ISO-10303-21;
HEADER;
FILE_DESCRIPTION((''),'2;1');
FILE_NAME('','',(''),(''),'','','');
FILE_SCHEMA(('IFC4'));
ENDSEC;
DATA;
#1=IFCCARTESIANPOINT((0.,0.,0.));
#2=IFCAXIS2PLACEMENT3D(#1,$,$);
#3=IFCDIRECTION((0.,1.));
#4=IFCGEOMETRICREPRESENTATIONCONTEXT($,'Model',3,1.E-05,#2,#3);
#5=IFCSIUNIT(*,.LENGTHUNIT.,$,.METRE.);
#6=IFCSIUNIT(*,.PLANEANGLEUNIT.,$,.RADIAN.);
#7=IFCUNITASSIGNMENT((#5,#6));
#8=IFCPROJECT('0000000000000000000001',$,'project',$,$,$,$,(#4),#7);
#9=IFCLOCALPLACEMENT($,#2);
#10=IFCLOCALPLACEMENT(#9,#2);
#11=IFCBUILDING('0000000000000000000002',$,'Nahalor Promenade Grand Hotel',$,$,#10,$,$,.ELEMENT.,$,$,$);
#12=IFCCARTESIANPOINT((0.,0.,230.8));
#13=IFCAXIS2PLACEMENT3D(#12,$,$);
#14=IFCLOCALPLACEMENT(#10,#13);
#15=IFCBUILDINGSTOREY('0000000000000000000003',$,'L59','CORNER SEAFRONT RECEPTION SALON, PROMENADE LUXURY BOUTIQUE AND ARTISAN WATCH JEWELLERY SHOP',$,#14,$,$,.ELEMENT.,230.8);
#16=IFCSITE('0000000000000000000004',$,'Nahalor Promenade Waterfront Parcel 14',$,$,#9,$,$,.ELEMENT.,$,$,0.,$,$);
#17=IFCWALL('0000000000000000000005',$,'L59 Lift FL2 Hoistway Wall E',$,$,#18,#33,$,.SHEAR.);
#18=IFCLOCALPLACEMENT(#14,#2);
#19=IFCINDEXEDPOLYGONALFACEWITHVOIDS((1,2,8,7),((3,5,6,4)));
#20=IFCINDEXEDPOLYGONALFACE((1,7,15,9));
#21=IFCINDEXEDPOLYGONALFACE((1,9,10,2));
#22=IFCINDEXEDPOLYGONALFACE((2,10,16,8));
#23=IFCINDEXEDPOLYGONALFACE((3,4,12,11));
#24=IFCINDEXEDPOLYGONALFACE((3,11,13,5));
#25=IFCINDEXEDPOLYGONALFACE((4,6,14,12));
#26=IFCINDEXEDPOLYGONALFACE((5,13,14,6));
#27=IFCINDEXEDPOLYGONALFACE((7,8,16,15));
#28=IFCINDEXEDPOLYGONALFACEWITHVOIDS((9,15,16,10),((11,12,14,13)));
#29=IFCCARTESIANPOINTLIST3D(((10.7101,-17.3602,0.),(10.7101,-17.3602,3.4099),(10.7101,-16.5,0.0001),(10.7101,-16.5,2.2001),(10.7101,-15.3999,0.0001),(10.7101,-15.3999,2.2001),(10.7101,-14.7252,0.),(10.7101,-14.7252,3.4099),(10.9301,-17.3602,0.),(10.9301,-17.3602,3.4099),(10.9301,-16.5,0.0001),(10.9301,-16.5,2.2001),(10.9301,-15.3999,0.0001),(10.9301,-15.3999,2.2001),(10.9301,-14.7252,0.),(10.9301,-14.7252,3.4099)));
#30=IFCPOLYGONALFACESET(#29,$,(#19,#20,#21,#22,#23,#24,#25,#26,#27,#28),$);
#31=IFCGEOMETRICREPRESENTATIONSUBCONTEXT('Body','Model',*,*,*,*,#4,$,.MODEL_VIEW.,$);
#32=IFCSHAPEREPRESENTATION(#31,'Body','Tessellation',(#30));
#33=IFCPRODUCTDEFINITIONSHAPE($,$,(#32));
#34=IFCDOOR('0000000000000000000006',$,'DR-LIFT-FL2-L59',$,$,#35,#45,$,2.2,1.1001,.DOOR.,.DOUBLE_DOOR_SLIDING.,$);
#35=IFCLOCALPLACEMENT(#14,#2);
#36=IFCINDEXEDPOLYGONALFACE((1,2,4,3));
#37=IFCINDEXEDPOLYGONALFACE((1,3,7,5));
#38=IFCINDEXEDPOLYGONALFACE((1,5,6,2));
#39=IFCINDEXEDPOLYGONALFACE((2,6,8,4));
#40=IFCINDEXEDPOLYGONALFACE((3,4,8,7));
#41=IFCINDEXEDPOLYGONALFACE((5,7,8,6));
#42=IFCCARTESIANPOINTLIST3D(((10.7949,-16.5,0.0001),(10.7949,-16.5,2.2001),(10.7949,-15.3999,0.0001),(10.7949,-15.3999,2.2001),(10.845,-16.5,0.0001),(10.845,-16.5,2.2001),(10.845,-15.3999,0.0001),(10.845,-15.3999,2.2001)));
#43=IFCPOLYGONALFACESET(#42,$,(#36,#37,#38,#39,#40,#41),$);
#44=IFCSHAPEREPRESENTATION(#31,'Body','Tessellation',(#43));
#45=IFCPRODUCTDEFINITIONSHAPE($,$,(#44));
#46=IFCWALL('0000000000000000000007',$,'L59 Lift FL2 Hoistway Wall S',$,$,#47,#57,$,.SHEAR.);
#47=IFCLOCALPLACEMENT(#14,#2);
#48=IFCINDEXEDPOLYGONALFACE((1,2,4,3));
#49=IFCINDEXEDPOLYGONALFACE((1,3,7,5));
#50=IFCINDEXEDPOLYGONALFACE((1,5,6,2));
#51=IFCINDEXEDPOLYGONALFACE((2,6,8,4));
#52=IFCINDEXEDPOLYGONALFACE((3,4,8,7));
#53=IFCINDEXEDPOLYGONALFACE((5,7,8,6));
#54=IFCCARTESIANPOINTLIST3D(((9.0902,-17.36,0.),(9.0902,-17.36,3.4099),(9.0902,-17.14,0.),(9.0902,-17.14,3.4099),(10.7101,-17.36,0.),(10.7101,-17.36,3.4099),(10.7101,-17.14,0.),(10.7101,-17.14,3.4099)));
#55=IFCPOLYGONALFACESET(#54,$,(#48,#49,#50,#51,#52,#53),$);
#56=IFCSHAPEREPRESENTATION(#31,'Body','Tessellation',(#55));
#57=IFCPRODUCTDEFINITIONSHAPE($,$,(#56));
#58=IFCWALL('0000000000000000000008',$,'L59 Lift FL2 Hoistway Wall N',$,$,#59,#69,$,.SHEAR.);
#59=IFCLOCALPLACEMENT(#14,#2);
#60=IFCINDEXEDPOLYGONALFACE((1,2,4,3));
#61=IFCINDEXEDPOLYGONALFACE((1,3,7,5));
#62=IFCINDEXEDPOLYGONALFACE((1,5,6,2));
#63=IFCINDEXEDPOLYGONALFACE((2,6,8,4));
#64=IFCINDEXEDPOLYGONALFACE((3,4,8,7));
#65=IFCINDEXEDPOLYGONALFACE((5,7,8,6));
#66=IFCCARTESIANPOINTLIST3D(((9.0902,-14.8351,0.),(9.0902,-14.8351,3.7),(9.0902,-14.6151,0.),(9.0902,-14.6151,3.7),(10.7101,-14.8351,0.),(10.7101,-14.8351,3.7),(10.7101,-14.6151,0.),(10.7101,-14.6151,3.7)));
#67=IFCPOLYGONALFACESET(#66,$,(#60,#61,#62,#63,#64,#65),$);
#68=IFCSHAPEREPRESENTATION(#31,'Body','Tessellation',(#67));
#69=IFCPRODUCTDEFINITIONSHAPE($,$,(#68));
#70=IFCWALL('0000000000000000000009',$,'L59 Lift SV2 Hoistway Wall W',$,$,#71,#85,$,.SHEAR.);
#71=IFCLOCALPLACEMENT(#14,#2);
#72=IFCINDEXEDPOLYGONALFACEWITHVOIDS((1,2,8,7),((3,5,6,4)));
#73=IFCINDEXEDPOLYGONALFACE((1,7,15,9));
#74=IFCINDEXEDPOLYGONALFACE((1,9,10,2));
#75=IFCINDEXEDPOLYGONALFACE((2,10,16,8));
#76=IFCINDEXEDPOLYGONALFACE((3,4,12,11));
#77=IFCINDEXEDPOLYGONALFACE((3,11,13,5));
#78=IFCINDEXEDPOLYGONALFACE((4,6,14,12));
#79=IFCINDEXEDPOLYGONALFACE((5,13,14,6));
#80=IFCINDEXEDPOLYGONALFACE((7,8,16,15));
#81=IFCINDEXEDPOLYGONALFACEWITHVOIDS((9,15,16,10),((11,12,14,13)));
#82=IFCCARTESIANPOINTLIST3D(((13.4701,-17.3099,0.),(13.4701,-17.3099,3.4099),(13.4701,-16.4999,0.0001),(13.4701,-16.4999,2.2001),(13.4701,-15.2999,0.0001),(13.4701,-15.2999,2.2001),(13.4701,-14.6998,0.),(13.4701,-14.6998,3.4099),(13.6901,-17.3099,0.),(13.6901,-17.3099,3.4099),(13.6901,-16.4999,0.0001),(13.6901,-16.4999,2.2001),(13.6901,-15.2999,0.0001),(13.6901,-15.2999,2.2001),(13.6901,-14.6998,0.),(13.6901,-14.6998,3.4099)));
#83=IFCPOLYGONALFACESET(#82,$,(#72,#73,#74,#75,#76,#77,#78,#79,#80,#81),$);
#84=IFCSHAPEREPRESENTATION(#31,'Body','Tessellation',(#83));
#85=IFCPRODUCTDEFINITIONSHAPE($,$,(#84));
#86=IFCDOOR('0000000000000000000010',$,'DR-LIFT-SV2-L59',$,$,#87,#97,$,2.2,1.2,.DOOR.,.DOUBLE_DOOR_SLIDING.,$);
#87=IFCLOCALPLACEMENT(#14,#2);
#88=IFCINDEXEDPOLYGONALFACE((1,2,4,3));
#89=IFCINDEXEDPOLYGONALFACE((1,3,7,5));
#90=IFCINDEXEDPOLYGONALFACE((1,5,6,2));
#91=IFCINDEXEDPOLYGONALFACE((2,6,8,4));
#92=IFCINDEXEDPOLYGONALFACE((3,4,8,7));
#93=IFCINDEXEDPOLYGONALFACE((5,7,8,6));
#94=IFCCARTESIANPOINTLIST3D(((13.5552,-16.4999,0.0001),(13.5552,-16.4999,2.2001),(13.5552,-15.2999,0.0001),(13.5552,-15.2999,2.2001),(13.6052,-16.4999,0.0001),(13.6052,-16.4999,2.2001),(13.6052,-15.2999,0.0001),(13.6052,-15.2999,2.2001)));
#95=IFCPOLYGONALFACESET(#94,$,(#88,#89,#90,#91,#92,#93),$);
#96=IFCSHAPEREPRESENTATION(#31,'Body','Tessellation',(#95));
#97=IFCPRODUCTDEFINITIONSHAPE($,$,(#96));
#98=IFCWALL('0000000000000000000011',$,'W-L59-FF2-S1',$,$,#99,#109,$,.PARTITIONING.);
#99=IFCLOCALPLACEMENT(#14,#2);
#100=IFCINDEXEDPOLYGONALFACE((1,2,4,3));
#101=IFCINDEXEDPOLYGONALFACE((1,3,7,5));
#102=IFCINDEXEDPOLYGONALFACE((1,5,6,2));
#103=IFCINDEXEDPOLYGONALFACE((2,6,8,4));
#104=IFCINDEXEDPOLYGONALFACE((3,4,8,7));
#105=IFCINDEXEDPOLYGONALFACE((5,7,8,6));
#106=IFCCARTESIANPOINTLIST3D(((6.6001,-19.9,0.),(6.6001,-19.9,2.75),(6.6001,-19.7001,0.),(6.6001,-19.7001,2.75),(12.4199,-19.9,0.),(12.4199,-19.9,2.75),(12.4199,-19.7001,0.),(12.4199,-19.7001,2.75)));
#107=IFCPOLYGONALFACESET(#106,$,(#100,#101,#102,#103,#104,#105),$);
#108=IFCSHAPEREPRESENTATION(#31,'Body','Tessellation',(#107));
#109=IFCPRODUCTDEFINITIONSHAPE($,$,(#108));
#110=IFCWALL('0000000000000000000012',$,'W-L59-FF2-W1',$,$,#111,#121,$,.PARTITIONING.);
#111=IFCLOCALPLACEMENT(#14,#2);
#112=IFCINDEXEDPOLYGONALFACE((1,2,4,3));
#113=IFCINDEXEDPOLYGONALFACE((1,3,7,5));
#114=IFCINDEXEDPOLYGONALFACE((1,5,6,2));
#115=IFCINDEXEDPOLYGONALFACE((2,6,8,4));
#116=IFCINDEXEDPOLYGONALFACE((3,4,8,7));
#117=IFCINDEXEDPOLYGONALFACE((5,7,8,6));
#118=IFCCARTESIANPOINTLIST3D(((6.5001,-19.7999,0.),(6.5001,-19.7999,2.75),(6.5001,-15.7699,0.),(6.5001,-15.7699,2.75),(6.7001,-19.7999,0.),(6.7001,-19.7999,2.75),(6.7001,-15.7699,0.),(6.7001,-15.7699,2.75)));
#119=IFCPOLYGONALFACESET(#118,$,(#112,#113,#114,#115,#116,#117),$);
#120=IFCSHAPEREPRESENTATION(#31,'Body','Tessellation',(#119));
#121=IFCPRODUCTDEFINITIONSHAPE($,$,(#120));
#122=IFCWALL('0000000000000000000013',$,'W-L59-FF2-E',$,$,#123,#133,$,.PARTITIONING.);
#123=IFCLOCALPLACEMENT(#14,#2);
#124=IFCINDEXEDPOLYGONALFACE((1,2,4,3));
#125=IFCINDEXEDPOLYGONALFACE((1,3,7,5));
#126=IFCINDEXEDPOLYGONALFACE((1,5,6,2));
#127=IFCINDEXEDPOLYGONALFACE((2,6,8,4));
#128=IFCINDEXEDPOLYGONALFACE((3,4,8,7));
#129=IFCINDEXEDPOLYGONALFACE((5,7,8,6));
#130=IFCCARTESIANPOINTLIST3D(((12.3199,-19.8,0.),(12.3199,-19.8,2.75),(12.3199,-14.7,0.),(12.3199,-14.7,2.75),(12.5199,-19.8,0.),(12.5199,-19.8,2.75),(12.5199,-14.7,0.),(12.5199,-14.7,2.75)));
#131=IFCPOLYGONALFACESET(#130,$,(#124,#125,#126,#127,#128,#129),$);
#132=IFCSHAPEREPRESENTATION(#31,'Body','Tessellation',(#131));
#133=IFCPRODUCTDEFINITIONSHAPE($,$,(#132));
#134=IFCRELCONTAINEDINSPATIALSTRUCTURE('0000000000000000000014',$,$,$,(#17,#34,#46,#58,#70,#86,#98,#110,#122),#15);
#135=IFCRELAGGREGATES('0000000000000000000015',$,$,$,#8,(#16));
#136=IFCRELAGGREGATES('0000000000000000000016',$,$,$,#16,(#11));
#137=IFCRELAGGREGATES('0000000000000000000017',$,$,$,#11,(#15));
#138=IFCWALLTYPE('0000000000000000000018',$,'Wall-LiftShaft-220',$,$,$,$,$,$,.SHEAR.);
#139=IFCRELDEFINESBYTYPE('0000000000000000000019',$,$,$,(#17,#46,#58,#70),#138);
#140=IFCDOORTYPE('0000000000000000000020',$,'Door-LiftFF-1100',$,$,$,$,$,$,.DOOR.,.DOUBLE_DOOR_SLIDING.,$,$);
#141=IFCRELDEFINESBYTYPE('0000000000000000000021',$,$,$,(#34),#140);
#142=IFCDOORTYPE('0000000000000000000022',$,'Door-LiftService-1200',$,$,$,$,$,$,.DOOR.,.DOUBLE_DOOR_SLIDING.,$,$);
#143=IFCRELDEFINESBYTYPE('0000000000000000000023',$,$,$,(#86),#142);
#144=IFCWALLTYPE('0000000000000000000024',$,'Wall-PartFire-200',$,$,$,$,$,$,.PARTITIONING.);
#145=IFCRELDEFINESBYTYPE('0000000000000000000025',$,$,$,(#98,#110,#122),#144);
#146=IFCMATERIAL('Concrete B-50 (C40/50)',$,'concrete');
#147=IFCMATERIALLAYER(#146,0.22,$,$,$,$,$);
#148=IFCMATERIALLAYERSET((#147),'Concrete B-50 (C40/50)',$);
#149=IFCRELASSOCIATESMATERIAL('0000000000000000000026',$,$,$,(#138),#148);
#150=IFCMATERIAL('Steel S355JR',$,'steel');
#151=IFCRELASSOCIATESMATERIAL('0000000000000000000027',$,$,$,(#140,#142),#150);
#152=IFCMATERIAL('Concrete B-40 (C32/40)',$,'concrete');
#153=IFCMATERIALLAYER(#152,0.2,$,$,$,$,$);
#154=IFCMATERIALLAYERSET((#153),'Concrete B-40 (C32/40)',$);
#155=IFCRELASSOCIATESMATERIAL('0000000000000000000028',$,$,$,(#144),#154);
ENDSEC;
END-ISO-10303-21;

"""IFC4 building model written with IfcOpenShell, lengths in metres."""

from ifc_helpers import new_model, si_unit, direction, frame, frame_2d, origin, place, context, subcontext, project, spatial, rectangle, extrude, source, transform, mapped, material, layer, layer_set, type_object, element, fill, save


model = new_model("IFC4")

# Units and contexts
model_context = context("Model", 3, precision=1e-05, world=origin(), true_north=direction((0.0, 1.0)))
body_context = subcontext(model_context, "Body", "Model", "MODEL_VIEW")
ifc_project = project(units=[si_unit("LENGTHUNIT", "METRE"), si_unit("PLANEANGLEUNIT", "RADIAN")], contexts=[model_context])

# Site, building, storey
site_placement = place(None, origin())
site = spatial("IfcSite", under=ifc_project, at=site_placement, Name="Nahalor Promenade Waterfront Parcel 14", CompositionType="ELEMENT", RefElevation=0.0)
building_placement = place(site_placement, origin())
building = spatial("IfcBuilding", under=site, at=building_placement, Name="Nahalor Promenade Grand Hotel", CompositionType="ELEMENT")
storey_placement = place(building_placement, frame((0.0, 0.0, 230.8)))
storey = spatial("IfcBuildingStorey", under=building, at=storey_placement, Name="L59", Description="CORNER SEAFRONT RECEPTION SALON, PROMENADE LUXURY BOUTIQUE AND ARTISAN WATCH JEWELLERY SHOP", CompositionType="ELEMENT", Elevation=230.8)

# Shared definitions
ifc_material_1 = material(Name="Steel S355JR", Category="steel")

# Shared definitions
ifc_material_2 = material(Name="Concrete B-50 (C40/50)", Category="concrete")

# Shared definitions
ifc_layer_1 = layer(ifc_material_2, 0.22)
ifc_layer_set_1 = layer_set([ifc_layer_1], Name="Concrete B-50 (C40/50)")
wall_type_1 = type_object("IfcWallType", Name="Wall-LiftShaft-220", PredefinedType="SHEAR", material=ifc_layer_set_1)
shared_shape_1 = source(origin(), body_context, "Body", "SweptSolid", [
    extrude(rectangle(XDim=2.635, YDim=0.22, at=frame_2d((1.3174, 0.0))), origin(), (0.0, 0.0, 1.0), 3.4099),
])

# Wall, opening, door
wall_1_placement = place(storey_placement, frame((10.8201, -17.3601, 0.0), z_axis=(0.0, 0.0, 1.0), x_axis=(0.0, 1.0, 0.0)))
wall_1 = element("IfcWall", 1, at=wall_1_placement, inside=storey, type_object=wall_type_1, Name="L59 Lift FL2 Hoistway Wall E", PredefinedType="SHEAR", context=body_context, shape_type="MappedRepresentation", body=[
    mapped(shared_shape_1, transform((0.0, 0.0, 0.0), scale=1.0)),
])
opening_1_placement = place(wall_1_placement, frame((0.8601, 0.0, 0.0)))
opening_1 = element("IfcOpeningElement", 2, at=opening_1_placement, cuts=wall_1, PredefinedType="OPENING", context=body_context, shape_type="SweptSolid", body=[
    extrude(rectangle(XDim=1.1001, YDim=2.2, at=frame_2d((0.55, 1.1001))), frame((0.0, 0.1199, 0.0), z_axis=(0.0, -1.0, 0.0), x_axis=(1.0, 0.0, 0.0)), (0.0, 0.0, 1.0), 0.24),
])
door_type_1 = type_object("IfcDoorType", Name="Door-LiftFF-1100", OperationType="DOUBLE_DOOR_SLIDING", PredefinedType="DOOR", material=ifc_material_1)
shared_shape_2 = source(origin(), body_context, "Body", "SweptSolid", [
    extrude(rectangle(XDim=1.1001, YDim=2.2, at=frame_2d((0.55, 1.1001))), frame((0.0, 0.0249, 0.0), z_axis=(0.0, -1.0, 0.0), x_axis=(1.0, 0.0, 0.0)), (0.0, 0.0, 1.0), 0.05),
])
door_1_placement = place(opening_1_placement, frame((1.1001, 0.0, 0.0), z_axis=(0.0, 0.0, 1.0), x_axis=(-1.0, 0.0, 0.0)))
door_1 = element("IfcDoor", 3, at=door_1_placement, inside=storey, type_object=door_type_1, Name="DR-LIFT-FL2-L59", OperationType="DOUBLE_DOOR_SLIDING", OverallHeight=2.2, OverallWidth=1.1001, PredefinedType="DOOR", context=body_context, shape_type="MappedRepresentation", body=[
    mapped(shared_shape_2, transform((0.0, 0.0, 0.0), scale=1.0)),
])
fill(opening_1, door_1)

# Walls
shared_shape_3 = source(origin(), body_context, "Body", "SweptSolid", [
    extrude(rectangle(XDim=1.6199, YDim=0.22, at=frame_2d((0.8101, 0.0))), origin(), (0.0, 0.0, 1.0), 3.4099),
])
wall_2_placement = place(storey_placement, frame((9.0901, -17.25, 0.0), z_axis=(0.0, 0.0, 1.0), x_axis=(1.0, 0.0, 0.0)))
element("IfcWall", 4, at=wall_2_placement, inside=storey, type_object=wall_type_1, Name="L59 Lift FL2 Hoistway Wall S", PredefinedType="SHEAR", context=body_context, shape_type="MappedRepresentation", body=[
    mapped(shared_shape_3, transform((0.0, 0.0, 0.0), scale=1.0)),
])
shared_shape_4 = source(origin(), body_context, "Body", "SweptSolid", [
    extrude(rectangle(XDim=1.6199, YDim=0.22, at=frame_2d((0.8101, 0.0))), origin(), (0.0, 0.0, 1.0), 3.7),
])
wall_3_placement = place(storey_placement, frame((9.0901, -14.7251, 0.0), z_axis=(0.0, 0.0, 1.0), x_axis=(1.0, 0.0, 0.0)))
element("IfcWall", 5, at=wall_3_placement, inside=storey, type_object=wall_type_1, Name="L59 Lift FL2 Hoistway Wall N", PredefinedType="SHEAR", context=body_context, shape_type="MappedRepresentation", body=[
    mapped(shared_shape_4, transform((0.0, 0.0, 0.0), scale=1.0)),
])

# Wall, opening, door
shared_shape_5 = source(origin(), body_context, "Body", "SweptSolid", [
    extrude(rectangle(XDim=2.6101, YDim=0.22, at=frame_2d((1.3052, 0.0))), origin(), (0.0, 0.0, 1.0), 3.4099),
])
wall_4_placement = place(storey_placement, frame((13.5801, -17.3101, 0.0), z_axis=(0.0, 0.0, 1.0), x_axis=(0.0, 1.0, 0.0)))
wall_4 = element("IfcWall", 6, at=wall_4_placement, inside=storey, type_object=wall_type_1, Name="L59 Lift SV2 Hoistway Wall W", PredefinedType="SHEAR", context=body_context, shape_type="MappedRepresentation", body=[
    mapped(shared_shape_5, transform((0.0, 0.0, 0.0), scale=1.0)),
])
opening_2_placement = place(wall_4_placement, frame((0.8101, 0.0, 0.0)))
opening_2 = element("IfcOpeningElement", 7, at=opening_2_placement, cuts=wall_4, PredefinedType="OPENING", context=body_context, shape_type="SweptSolid", body=[
    extrude(rectangle(XDim=1.2, YDim=2.2, at=frame_2d((0.6001, 1.1001))), frame((0.0, 0.1199, 0.0), z_axis=(0.0, -1.0, 0.0), x_axis=(1.0, 0.0, 0.0)), (0.0, 0.0, 1.0), 0.24),
])
door_type_2 = type_object("IfcDoorType", Name="Door-LiftService-1200", OperationType="DOUBLE_DOOR_SLIDING", PredefinedType="DOOR", material=ifc_material_1)
shared_shape_6 = source(origin(), body_context, "Body", "SweptSolid", [
    extrude(rectangle(XDim=1.2, YDim=2.2, at=frame_2d((0.6001, 1.1001))), frame((0.0, 0.0249, 0.0), z_axis=(0.0, -1.0, 0.0), x_axis=(1.0, 0.0, 0.0)), (0.0, 0.0, 1.0), 0.05),
])
door_2_placement = place(opening_2_placement, origin())
door_2 = element("IfcDoor", 8, at=door_2_placement, inside=storey, type_object=door_type_2, Name="DR-LIFT-SV2-L59", OperationType="DOUBLE_DOOR_SLIDING", OverallHeight=2.2, OverallWidth=1.2, PredefinedType="DOOR", context=body_context, shape_type="MappedRepresentation", body=[
    mapped(shared_shape_6, transform((0.0, 0.0, 0.0), scale=1.0)),
])
fill(opening_2, door_2)

# Walls
ifc_material_3 = material(Name="Concrete B-40 (C32/40)", Category="concrete")
ifc_layer_2 = layer(ifc_material_3, 0.2)
ifc_layer_set_2 = layer_set([ifc_layer_2], Name="Concrete B-40 (C32/40)")
wall_type_2 = type_object("IfcWallType", Name="Wall-PartFire-200", PredefinedType="PARTITIONING", material=ifc_layer_set_2)
shared_shape_7 = source(origin(), body_context, "Body", "SweptSolid", [
    extrude(rectangle(XDim=5.8198, YDim=0.2, at=frame_2d((2.9099, 0.0))), origin(), (0.0, 0.0, 1.0), 2.75),
])
wall_5_placement = place(storey_placement, frame((6.6001, -19.8, 0.0), z_axis=(0.0, 0.0, 1.0), x_axis=(1.0, 0.0, 0.0)))
element("IfcWall", 9, at=wall_5_placement, inside=storey, type_object=wall_type_2, Name="W-L59-FF2-S1", PredefinedType="PARTITIONING", context=body_context, shape_type="MappedRepresentation", body=[
    mapped(shared_shape_7, transform((0.0, 0.0, 0.0), scale=1.0)),
])
shared_shape_8 = source(origin(), body_context, "Body", "SweptSolid", [
    extrude(rectangle(XDim=4.03, YDim=0.2, at=frame_2d((2.0151, 0.0))), origin(), (0.0, 0.0, 1.0), 2.75),
])
wall_6_placement = place(storey_placement, frame((6.6001, -19.8, 0.0), z_axis=(0.0, 0.0, 1.0), x_axis=(0.0, 1.0, 0.0)))
element("IfcWall", 10, at=wall_6_placement, inside=storey, type_object=wall_type_2, Name="W-L59-FF2-W1", PredefinedType="PARTITIONING", context=body_context, shape_type="MappedRepresentation", body=[
    mapped(shared_shape_8, transform((0.0, 0.0, 0.0), scale=1.0)),
])
shared_shape_9 = source(origin(), body_context, "Body", "SweptSolid", [
    extrude(rectangle(XDim=5.1001, YDim=0.2, at=frame_2d((2.55, 0.0))), origin(), (0.0, 0.0, 1.0), 2.75),
])
wall_7_placement = place(storey_placement, frame((12.4199, -19.8, 0.0), z_axis=(0.0, 0.0, 1.0), x_axis=(0.0, 1.0, 0.0)))
element("IfcWall", 11, at=wall_7_placement, inside=storey, type_object=wall_type_2, Name="W-L59-FF2-E", PredefinedType="PARTITIONING", context=body_context, shape_type="MappedRepresentation", body=[
    mapped(shared_shape_9, transform((0.0, 0.0, 0.0), scale=1.0)),
])

save(model, "model.ifc")
